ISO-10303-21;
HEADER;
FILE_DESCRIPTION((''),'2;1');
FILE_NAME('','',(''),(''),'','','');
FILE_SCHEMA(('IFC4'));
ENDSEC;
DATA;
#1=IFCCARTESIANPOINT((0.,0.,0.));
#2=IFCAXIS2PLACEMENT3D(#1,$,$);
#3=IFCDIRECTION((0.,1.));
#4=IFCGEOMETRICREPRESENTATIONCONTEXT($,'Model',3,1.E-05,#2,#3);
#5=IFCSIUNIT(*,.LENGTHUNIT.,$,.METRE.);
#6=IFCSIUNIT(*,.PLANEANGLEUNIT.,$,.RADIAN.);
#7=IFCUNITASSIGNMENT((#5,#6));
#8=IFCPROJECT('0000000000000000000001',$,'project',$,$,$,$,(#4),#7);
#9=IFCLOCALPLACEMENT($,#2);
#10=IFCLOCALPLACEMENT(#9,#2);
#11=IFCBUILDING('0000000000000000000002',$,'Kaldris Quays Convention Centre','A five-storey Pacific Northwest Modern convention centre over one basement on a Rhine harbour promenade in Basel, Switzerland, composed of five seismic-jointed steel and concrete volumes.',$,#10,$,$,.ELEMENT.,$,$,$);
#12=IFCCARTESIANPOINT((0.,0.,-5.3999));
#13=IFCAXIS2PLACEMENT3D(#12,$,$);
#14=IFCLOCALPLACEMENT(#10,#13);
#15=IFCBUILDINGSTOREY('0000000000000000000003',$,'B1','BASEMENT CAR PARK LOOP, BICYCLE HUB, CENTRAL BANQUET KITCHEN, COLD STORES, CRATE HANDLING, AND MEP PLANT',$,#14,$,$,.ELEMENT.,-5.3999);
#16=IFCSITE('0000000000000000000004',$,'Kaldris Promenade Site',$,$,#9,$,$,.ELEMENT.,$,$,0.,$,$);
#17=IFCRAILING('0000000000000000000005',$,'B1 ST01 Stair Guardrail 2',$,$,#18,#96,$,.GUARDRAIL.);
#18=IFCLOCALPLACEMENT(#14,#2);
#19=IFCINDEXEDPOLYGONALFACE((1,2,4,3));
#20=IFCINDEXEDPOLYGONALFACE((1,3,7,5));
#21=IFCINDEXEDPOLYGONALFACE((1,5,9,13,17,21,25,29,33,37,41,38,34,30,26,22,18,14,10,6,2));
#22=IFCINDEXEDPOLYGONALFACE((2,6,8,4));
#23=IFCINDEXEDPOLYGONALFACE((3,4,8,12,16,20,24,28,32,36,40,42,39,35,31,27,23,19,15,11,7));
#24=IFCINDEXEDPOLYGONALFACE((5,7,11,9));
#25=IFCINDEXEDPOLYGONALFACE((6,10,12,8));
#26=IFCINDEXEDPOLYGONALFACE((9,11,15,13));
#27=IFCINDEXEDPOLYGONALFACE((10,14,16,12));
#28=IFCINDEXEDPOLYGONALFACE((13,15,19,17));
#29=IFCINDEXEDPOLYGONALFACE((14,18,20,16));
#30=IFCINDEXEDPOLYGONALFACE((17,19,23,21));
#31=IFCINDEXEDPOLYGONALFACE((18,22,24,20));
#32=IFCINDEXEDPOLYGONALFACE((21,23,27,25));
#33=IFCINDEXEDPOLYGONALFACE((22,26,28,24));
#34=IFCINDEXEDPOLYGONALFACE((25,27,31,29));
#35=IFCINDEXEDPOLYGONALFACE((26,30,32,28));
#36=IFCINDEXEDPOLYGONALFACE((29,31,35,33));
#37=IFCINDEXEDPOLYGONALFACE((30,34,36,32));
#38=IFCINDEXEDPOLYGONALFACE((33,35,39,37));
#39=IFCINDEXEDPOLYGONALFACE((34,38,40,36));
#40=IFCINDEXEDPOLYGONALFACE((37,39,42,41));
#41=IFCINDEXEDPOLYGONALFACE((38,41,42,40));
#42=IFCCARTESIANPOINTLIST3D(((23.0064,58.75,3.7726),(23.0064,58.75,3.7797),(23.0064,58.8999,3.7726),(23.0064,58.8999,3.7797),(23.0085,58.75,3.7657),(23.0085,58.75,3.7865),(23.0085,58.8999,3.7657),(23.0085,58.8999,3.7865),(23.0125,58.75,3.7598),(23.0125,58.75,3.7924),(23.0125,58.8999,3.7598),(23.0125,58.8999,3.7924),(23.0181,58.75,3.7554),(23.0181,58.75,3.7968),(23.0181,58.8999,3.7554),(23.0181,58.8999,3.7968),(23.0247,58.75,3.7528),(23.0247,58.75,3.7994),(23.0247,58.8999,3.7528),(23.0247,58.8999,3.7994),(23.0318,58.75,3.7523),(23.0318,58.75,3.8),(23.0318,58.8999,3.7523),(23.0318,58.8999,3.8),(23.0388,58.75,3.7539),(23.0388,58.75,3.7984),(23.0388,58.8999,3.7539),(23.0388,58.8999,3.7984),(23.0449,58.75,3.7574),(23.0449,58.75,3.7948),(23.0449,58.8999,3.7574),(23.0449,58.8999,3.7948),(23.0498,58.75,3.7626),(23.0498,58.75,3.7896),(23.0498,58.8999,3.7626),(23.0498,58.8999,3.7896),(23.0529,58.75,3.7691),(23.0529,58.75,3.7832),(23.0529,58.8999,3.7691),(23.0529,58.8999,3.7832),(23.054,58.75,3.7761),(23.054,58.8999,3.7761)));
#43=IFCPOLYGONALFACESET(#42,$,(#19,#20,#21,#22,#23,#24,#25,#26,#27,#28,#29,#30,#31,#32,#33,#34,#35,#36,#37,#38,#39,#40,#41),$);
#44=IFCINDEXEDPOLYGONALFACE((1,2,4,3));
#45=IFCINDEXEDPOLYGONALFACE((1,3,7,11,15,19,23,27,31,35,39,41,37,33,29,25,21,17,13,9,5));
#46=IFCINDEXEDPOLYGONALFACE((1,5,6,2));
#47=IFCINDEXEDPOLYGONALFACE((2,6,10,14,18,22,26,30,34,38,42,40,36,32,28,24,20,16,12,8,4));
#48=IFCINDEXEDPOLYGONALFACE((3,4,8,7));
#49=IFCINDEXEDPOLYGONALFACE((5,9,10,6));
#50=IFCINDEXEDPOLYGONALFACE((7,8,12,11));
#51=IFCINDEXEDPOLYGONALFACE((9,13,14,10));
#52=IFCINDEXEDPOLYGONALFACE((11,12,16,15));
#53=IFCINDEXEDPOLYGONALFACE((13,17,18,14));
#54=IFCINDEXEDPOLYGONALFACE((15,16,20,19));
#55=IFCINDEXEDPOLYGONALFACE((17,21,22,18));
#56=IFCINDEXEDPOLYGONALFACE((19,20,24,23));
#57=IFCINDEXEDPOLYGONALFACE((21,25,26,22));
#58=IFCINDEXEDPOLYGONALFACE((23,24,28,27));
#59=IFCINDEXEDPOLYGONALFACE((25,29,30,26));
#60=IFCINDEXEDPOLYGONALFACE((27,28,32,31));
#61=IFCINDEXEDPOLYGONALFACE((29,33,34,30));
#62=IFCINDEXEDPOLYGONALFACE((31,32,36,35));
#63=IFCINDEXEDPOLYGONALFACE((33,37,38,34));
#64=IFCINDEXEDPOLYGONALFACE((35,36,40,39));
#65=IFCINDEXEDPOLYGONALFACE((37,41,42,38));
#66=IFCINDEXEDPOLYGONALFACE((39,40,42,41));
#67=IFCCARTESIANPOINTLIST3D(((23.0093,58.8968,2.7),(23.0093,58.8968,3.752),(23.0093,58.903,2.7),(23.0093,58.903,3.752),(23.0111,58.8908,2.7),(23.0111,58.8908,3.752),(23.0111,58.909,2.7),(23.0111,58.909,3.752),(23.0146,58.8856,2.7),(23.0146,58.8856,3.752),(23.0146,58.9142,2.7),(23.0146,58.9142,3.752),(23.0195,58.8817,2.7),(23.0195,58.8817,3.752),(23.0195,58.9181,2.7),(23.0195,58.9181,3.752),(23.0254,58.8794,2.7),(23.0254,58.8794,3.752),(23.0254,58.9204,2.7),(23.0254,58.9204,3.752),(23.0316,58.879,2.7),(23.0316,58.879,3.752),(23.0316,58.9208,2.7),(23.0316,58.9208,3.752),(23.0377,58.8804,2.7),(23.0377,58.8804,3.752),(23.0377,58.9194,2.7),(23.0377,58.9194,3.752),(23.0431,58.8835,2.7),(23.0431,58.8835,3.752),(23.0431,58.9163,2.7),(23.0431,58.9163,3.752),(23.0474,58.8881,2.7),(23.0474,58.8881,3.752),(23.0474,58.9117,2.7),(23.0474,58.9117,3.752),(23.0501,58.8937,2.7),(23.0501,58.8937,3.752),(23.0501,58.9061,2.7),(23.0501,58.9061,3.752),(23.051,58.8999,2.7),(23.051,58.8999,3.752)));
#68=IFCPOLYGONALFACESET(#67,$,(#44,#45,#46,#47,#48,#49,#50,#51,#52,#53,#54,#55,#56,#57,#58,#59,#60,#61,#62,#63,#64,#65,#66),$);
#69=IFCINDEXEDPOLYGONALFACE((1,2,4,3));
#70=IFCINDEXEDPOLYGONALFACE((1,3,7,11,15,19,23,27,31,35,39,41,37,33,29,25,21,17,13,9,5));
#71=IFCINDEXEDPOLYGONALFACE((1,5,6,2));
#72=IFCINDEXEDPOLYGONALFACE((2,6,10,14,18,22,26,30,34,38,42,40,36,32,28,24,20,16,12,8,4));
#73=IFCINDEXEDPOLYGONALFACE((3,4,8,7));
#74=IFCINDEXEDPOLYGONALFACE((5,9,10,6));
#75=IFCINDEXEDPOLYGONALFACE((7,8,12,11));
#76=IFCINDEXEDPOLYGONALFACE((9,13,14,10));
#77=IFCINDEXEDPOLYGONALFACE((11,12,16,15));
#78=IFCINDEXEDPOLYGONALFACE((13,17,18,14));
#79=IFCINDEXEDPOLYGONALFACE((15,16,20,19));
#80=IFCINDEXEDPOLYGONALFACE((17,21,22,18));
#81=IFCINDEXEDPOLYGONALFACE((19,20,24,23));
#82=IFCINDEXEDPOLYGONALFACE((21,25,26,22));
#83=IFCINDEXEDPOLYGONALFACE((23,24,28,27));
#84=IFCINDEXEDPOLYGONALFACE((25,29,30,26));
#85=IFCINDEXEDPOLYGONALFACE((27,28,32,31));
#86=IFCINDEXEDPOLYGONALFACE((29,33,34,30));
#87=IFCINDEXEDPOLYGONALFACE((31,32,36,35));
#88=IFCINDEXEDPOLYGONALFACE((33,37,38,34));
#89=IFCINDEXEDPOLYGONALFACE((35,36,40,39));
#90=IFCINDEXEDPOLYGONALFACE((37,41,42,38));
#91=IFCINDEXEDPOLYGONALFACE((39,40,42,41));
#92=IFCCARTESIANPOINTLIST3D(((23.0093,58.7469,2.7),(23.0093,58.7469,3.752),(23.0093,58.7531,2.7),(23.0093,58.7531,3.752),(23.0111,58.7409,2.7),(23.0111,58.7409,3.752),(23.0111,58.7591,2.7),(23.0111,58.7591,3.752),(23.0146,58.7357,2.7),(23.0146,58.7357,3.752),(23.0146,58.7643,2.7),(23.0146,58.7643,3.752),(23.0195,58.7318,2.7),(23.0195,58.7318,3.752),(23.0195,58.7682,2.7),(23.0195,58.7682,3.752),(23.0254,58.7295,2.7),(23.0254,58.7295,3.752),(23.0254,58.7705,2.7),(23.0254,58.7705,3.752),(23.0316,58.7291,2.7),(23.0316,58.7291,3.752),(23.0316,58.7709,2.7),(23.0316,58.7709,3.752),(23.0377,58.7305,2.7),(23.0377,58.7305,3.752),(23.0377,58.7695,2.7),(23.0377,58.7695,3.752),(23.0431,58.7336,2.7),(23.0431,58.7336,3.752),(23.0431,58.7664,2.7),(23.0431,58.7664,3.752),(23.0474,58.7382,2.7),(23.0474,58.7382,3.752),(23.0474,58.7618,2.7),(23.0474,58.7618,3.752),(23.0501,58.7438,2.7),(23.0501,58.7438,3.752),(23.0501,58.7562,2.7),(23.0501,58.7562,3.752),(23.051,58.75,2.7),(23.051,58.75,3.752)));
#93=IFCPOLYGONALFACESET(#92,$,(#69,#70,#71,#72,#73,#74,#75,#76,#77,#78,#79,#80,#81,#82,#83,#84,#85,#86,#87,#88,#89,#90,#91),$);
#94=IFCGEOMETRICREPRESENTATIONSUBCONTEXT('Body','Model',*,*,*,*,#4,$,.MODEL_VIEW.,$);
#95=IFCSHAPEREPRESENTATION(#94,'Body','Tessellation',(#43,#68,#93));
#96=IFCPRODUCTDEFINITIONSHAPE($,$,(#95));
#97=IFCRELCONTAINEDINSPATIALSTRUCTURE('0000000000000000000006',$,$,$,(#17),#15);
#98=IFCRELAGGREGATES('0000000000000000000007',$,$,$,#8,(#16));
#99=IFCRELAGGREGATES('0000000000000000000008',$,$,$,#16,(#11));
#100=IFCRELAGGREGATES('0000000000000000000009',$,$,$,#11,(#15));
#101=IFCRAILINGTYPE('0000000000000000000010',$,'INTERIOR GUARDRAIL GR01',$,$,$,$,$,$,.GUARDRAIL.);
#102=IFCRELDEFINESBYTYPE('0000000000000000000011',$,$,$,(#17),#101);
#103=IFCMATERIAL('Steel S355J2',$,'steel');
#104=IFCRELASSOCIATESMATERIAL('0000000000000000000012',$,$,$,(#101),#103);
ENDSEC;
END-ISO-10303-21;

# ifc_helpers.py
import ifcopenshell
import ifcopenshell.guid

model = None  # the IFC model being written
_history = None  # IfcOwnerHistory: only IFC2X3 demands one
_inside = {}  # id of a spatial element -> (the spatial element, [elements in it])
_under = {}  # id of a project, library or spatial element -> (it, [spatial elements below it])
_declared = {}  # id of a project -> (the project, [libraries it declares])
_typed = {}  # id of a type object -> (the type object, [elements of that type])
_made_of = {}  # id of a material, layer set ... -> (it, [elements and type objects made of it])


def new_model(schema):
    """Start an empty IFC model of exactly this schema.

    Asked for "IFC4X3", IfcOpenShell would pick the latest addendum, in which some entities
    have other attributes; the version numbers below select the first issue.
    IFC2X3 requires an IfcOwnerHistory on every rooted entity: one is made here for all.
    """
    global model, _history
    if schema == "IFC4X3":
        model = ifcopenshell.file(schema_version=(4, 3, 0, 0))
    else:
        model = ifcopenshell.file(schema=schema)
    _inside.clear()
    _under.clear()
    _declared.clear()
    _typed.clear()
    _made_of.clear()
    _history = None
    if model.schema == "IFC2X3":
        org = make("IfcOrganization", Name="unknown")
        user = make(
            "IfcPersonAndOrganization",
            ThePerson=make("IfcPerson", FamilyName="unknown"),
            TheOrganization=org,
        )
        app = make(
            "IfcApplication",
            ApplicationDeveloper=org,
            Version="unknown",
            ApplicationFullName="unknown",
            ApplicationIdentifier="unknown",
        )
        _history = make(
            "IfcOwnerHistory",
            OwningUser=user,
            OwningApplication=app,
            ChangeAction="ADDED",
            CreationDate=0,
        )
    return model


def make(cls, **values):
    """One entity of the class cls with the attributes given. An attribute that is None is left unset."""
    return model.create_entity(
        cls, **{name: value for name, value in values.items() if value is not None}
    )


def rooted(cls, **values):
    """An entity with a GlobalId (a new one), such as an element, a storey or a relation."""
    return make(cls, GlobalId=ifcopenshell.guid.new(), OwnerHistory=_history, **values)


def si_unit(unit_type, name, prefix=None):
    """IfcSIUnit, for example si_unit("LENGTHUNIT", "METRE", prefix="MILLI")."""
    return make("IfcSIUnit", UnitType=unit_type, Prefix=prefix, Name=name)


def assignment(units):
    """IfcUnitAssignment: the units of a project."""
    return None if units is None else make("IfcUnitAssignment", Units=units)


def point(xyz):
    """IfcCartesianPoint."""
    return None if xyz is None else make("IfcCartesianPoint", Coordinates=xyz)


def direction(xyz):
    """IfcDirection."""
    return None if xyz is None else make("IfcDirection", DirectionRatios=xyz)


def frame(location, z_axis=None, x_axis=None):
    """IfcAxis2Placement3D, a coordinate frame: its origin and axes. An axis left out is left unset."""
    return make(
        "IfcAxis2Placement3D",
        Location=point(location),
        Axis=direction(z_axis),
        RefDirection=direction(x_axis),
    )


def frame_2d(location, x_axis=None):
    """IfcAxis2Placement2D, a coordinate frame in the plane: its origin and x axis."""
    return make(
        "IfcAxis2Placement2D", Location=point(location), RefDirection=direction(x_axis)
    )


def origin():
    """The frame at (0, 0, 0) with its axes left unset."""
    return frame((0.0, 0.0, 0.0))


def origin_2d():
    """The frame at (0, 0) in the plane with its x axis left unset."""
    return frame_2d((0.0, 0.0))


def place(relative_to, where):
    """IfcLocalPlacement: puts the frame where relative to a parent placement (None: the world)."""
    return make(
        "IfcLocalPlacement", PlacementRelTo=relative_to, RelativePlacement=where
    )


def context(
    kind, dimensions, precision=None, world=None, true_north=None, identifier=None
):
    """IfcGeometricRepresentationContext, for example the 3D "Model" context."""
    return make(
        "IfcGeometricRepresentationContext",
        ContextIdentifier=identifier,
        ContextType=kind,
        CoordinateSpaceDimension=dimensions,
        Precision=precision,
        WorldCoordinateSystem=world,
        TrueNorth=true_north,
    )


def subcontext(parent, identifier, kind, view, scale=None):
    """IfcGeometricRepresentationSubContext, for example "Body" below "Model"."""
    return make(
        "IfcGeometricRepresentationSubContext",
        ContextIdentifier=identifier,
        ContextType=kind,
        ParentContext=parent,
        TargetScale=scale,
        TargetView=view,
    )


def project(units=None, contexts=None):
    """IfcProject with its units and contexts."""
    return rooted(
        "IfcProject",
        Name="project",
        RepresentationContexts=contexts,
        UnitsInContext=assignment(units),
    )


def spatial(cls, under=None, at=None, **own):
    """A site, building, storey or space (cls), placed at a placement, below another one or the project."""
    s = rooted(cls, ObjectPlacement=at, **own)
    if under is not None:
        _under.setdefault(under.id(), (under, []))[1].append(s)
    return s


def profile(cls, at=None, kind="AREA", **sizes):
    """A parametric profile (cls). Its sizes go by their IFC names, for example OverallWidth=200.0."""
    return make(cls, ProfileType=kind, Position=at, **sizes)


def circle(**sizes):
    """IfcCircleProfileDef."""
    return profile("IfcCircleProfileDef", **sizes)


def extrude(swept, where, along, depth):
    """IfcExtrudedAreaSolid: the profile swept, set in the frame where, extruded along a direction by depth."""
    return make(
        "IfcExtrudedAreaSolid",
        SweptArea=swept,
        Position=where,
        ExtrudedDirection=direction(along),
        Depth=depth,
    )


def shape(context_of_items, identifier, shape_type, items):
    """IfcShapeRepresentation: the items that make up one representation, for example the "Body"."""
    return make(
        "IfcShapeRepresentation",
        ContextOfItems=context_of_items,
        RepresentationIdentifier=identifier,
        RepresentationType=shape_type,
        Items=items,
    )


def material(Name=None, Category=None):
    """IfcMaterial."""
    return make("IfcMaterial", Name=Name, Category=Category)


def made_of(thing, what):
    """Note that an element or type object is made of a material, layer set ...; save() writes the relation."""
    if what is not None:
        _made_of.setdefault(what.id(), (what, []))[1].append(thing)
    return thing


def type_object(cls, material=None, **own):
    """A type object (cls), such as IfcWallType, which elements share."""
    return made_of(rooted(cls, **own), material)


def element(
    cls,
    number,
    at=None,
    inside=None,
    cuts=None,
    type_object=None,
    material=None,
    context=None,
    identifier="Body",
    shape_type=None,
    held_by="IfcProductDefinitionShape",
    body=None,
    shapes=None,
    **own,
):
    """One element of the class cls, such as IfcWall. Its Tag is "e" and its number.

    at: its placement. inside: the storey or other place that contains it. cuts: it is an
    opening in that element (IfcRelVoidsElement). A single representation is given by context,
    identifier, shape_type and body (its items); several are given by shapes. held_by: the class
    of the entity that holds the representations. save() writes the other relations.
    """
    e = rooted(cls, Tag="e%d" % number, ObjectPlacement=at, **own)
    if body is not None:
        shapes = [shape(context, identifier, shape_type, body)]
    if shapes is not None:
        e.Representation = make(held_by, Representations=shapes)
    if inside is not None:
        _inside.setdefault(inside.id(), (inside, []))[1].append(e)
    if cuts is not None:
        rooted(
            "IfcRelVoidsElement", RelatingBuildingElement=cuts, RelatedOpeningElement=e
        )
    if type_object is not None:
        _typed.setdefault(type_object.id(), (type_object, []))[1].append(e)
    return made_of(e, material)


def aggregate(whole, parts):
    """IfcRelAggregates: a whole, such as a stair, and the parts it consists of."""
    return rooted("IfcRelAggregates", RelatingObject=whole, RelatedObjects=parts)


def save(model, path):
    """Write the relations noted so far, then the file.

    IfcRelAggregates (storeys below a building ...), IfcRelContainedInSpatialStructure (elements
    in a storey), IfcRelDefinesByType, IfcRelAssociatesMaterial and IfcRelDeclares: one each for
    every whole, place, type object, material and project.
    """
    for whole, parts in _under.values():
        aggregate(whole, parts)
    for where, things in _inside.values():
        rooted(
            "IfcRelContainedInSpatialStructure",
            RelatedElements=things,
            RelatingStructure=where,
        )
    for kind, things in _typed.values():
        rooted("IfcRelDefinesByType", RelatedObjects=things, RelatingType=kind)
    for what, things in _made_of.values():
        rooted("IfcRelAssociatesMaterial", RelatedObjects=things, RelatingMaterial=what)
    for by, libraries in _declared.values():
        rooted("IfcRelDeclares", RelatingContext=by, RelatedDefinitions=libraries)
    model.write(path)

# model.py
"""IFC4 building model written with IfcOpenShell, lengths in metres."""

from ifc_helpers import new_model, si_unit, direction, frame, origin, origin_2d, place, context, subcontext, project, spatial, circle, extrude, material, type_object, element, save


model = new_model("IFC4")

# Units and contexts
model_context = context("Model", 3, precision=1e-05, world=origin(), true_north=direction((0.0, 1.0)))
body_context = subcontext(model_context, "Body", "Model", "MODEL_VIEW")
ifc_project = project(units=[si_unit("LENGTHUNIT", "METRE"), si_unit("PLANEANGLEUNIT", "RADIAN")], contexts=[model_context])

# Site, building, storey
site_placement = place(None, origin())
site = spatial("IfcSite", under=ifc_project, at=site_placement, Name="Kaldris Promenade Site", CompositionType="ELEMENT", RefElevation=0.0)
building_placement = place(site_placement, origin())
building = spatial("IfcBuilding", under=site, at=building_placement, Name="Kaldris Quays Convention Centre", Description="A five-storey Pacific Northwest Modern convention centre over one basement on a Rhine harbour promenade in Basel, Switzerland, composed of five seismic-jointed steel and concrete volumes.", CompositionType="ELEMENT")
storey_placement = place(building_placement, frame((0.0, 0.0, -5.3999)))
storey = spatial("IfcBuildingStorey", under=building, at=storey_placement, Name="B1", Description="BASEMENT CAR PARK LOOP, BICYCLE HUB, CENTRAL BANQUET KITCHEN, COLD STORES, CRATE HANDLING, AND MEP PLANT", CompositionType="ELEMENT", Elevation=-5.3999)

# Shared definitions
ifc_material_1 = material(Name="Steel S355J2", Category="steel")

# Railing
railing_type_1 = type_object("IfcRailingType", Name="INTERIOR GUARDRAIL GR01", PredefinedType="GUARDRAIL", material=ifc_material_1)
railing_1_placement = place(storey_placement, frame((23.03, 58.8999, 2.7)))
element("IfcRailing", 1, at=railing_1_placement, inside=storey, type_object=railing_type_1, Name="B1 ST01 Stair Guardrail 2", PredefinedType="GUARDRAIL", context=body_context, shape_type="SweptSolid", body=[
    extrude(circle(Radius=0.0239, at=origin_2d()), frame((0.0, 0.0, 1.0762), z_axis=(0.0, -1.0, 0.0), x_axis=(1.0, 0.0, 0.0)), (0.0, 0.0, 1.0), 0.1499),
    extrude(circle(Radius=0.021, at=origin_2d()), origin(), (0.0, 0.0, 1.0), 1.052),
    extrude(circle(Radius=0.021, at=origin_2d()), frame((0.0, -0.1499, 0.0)), (0.0, 0.0, 1.0), 1.052),
])

save(model, "model.ifc")
